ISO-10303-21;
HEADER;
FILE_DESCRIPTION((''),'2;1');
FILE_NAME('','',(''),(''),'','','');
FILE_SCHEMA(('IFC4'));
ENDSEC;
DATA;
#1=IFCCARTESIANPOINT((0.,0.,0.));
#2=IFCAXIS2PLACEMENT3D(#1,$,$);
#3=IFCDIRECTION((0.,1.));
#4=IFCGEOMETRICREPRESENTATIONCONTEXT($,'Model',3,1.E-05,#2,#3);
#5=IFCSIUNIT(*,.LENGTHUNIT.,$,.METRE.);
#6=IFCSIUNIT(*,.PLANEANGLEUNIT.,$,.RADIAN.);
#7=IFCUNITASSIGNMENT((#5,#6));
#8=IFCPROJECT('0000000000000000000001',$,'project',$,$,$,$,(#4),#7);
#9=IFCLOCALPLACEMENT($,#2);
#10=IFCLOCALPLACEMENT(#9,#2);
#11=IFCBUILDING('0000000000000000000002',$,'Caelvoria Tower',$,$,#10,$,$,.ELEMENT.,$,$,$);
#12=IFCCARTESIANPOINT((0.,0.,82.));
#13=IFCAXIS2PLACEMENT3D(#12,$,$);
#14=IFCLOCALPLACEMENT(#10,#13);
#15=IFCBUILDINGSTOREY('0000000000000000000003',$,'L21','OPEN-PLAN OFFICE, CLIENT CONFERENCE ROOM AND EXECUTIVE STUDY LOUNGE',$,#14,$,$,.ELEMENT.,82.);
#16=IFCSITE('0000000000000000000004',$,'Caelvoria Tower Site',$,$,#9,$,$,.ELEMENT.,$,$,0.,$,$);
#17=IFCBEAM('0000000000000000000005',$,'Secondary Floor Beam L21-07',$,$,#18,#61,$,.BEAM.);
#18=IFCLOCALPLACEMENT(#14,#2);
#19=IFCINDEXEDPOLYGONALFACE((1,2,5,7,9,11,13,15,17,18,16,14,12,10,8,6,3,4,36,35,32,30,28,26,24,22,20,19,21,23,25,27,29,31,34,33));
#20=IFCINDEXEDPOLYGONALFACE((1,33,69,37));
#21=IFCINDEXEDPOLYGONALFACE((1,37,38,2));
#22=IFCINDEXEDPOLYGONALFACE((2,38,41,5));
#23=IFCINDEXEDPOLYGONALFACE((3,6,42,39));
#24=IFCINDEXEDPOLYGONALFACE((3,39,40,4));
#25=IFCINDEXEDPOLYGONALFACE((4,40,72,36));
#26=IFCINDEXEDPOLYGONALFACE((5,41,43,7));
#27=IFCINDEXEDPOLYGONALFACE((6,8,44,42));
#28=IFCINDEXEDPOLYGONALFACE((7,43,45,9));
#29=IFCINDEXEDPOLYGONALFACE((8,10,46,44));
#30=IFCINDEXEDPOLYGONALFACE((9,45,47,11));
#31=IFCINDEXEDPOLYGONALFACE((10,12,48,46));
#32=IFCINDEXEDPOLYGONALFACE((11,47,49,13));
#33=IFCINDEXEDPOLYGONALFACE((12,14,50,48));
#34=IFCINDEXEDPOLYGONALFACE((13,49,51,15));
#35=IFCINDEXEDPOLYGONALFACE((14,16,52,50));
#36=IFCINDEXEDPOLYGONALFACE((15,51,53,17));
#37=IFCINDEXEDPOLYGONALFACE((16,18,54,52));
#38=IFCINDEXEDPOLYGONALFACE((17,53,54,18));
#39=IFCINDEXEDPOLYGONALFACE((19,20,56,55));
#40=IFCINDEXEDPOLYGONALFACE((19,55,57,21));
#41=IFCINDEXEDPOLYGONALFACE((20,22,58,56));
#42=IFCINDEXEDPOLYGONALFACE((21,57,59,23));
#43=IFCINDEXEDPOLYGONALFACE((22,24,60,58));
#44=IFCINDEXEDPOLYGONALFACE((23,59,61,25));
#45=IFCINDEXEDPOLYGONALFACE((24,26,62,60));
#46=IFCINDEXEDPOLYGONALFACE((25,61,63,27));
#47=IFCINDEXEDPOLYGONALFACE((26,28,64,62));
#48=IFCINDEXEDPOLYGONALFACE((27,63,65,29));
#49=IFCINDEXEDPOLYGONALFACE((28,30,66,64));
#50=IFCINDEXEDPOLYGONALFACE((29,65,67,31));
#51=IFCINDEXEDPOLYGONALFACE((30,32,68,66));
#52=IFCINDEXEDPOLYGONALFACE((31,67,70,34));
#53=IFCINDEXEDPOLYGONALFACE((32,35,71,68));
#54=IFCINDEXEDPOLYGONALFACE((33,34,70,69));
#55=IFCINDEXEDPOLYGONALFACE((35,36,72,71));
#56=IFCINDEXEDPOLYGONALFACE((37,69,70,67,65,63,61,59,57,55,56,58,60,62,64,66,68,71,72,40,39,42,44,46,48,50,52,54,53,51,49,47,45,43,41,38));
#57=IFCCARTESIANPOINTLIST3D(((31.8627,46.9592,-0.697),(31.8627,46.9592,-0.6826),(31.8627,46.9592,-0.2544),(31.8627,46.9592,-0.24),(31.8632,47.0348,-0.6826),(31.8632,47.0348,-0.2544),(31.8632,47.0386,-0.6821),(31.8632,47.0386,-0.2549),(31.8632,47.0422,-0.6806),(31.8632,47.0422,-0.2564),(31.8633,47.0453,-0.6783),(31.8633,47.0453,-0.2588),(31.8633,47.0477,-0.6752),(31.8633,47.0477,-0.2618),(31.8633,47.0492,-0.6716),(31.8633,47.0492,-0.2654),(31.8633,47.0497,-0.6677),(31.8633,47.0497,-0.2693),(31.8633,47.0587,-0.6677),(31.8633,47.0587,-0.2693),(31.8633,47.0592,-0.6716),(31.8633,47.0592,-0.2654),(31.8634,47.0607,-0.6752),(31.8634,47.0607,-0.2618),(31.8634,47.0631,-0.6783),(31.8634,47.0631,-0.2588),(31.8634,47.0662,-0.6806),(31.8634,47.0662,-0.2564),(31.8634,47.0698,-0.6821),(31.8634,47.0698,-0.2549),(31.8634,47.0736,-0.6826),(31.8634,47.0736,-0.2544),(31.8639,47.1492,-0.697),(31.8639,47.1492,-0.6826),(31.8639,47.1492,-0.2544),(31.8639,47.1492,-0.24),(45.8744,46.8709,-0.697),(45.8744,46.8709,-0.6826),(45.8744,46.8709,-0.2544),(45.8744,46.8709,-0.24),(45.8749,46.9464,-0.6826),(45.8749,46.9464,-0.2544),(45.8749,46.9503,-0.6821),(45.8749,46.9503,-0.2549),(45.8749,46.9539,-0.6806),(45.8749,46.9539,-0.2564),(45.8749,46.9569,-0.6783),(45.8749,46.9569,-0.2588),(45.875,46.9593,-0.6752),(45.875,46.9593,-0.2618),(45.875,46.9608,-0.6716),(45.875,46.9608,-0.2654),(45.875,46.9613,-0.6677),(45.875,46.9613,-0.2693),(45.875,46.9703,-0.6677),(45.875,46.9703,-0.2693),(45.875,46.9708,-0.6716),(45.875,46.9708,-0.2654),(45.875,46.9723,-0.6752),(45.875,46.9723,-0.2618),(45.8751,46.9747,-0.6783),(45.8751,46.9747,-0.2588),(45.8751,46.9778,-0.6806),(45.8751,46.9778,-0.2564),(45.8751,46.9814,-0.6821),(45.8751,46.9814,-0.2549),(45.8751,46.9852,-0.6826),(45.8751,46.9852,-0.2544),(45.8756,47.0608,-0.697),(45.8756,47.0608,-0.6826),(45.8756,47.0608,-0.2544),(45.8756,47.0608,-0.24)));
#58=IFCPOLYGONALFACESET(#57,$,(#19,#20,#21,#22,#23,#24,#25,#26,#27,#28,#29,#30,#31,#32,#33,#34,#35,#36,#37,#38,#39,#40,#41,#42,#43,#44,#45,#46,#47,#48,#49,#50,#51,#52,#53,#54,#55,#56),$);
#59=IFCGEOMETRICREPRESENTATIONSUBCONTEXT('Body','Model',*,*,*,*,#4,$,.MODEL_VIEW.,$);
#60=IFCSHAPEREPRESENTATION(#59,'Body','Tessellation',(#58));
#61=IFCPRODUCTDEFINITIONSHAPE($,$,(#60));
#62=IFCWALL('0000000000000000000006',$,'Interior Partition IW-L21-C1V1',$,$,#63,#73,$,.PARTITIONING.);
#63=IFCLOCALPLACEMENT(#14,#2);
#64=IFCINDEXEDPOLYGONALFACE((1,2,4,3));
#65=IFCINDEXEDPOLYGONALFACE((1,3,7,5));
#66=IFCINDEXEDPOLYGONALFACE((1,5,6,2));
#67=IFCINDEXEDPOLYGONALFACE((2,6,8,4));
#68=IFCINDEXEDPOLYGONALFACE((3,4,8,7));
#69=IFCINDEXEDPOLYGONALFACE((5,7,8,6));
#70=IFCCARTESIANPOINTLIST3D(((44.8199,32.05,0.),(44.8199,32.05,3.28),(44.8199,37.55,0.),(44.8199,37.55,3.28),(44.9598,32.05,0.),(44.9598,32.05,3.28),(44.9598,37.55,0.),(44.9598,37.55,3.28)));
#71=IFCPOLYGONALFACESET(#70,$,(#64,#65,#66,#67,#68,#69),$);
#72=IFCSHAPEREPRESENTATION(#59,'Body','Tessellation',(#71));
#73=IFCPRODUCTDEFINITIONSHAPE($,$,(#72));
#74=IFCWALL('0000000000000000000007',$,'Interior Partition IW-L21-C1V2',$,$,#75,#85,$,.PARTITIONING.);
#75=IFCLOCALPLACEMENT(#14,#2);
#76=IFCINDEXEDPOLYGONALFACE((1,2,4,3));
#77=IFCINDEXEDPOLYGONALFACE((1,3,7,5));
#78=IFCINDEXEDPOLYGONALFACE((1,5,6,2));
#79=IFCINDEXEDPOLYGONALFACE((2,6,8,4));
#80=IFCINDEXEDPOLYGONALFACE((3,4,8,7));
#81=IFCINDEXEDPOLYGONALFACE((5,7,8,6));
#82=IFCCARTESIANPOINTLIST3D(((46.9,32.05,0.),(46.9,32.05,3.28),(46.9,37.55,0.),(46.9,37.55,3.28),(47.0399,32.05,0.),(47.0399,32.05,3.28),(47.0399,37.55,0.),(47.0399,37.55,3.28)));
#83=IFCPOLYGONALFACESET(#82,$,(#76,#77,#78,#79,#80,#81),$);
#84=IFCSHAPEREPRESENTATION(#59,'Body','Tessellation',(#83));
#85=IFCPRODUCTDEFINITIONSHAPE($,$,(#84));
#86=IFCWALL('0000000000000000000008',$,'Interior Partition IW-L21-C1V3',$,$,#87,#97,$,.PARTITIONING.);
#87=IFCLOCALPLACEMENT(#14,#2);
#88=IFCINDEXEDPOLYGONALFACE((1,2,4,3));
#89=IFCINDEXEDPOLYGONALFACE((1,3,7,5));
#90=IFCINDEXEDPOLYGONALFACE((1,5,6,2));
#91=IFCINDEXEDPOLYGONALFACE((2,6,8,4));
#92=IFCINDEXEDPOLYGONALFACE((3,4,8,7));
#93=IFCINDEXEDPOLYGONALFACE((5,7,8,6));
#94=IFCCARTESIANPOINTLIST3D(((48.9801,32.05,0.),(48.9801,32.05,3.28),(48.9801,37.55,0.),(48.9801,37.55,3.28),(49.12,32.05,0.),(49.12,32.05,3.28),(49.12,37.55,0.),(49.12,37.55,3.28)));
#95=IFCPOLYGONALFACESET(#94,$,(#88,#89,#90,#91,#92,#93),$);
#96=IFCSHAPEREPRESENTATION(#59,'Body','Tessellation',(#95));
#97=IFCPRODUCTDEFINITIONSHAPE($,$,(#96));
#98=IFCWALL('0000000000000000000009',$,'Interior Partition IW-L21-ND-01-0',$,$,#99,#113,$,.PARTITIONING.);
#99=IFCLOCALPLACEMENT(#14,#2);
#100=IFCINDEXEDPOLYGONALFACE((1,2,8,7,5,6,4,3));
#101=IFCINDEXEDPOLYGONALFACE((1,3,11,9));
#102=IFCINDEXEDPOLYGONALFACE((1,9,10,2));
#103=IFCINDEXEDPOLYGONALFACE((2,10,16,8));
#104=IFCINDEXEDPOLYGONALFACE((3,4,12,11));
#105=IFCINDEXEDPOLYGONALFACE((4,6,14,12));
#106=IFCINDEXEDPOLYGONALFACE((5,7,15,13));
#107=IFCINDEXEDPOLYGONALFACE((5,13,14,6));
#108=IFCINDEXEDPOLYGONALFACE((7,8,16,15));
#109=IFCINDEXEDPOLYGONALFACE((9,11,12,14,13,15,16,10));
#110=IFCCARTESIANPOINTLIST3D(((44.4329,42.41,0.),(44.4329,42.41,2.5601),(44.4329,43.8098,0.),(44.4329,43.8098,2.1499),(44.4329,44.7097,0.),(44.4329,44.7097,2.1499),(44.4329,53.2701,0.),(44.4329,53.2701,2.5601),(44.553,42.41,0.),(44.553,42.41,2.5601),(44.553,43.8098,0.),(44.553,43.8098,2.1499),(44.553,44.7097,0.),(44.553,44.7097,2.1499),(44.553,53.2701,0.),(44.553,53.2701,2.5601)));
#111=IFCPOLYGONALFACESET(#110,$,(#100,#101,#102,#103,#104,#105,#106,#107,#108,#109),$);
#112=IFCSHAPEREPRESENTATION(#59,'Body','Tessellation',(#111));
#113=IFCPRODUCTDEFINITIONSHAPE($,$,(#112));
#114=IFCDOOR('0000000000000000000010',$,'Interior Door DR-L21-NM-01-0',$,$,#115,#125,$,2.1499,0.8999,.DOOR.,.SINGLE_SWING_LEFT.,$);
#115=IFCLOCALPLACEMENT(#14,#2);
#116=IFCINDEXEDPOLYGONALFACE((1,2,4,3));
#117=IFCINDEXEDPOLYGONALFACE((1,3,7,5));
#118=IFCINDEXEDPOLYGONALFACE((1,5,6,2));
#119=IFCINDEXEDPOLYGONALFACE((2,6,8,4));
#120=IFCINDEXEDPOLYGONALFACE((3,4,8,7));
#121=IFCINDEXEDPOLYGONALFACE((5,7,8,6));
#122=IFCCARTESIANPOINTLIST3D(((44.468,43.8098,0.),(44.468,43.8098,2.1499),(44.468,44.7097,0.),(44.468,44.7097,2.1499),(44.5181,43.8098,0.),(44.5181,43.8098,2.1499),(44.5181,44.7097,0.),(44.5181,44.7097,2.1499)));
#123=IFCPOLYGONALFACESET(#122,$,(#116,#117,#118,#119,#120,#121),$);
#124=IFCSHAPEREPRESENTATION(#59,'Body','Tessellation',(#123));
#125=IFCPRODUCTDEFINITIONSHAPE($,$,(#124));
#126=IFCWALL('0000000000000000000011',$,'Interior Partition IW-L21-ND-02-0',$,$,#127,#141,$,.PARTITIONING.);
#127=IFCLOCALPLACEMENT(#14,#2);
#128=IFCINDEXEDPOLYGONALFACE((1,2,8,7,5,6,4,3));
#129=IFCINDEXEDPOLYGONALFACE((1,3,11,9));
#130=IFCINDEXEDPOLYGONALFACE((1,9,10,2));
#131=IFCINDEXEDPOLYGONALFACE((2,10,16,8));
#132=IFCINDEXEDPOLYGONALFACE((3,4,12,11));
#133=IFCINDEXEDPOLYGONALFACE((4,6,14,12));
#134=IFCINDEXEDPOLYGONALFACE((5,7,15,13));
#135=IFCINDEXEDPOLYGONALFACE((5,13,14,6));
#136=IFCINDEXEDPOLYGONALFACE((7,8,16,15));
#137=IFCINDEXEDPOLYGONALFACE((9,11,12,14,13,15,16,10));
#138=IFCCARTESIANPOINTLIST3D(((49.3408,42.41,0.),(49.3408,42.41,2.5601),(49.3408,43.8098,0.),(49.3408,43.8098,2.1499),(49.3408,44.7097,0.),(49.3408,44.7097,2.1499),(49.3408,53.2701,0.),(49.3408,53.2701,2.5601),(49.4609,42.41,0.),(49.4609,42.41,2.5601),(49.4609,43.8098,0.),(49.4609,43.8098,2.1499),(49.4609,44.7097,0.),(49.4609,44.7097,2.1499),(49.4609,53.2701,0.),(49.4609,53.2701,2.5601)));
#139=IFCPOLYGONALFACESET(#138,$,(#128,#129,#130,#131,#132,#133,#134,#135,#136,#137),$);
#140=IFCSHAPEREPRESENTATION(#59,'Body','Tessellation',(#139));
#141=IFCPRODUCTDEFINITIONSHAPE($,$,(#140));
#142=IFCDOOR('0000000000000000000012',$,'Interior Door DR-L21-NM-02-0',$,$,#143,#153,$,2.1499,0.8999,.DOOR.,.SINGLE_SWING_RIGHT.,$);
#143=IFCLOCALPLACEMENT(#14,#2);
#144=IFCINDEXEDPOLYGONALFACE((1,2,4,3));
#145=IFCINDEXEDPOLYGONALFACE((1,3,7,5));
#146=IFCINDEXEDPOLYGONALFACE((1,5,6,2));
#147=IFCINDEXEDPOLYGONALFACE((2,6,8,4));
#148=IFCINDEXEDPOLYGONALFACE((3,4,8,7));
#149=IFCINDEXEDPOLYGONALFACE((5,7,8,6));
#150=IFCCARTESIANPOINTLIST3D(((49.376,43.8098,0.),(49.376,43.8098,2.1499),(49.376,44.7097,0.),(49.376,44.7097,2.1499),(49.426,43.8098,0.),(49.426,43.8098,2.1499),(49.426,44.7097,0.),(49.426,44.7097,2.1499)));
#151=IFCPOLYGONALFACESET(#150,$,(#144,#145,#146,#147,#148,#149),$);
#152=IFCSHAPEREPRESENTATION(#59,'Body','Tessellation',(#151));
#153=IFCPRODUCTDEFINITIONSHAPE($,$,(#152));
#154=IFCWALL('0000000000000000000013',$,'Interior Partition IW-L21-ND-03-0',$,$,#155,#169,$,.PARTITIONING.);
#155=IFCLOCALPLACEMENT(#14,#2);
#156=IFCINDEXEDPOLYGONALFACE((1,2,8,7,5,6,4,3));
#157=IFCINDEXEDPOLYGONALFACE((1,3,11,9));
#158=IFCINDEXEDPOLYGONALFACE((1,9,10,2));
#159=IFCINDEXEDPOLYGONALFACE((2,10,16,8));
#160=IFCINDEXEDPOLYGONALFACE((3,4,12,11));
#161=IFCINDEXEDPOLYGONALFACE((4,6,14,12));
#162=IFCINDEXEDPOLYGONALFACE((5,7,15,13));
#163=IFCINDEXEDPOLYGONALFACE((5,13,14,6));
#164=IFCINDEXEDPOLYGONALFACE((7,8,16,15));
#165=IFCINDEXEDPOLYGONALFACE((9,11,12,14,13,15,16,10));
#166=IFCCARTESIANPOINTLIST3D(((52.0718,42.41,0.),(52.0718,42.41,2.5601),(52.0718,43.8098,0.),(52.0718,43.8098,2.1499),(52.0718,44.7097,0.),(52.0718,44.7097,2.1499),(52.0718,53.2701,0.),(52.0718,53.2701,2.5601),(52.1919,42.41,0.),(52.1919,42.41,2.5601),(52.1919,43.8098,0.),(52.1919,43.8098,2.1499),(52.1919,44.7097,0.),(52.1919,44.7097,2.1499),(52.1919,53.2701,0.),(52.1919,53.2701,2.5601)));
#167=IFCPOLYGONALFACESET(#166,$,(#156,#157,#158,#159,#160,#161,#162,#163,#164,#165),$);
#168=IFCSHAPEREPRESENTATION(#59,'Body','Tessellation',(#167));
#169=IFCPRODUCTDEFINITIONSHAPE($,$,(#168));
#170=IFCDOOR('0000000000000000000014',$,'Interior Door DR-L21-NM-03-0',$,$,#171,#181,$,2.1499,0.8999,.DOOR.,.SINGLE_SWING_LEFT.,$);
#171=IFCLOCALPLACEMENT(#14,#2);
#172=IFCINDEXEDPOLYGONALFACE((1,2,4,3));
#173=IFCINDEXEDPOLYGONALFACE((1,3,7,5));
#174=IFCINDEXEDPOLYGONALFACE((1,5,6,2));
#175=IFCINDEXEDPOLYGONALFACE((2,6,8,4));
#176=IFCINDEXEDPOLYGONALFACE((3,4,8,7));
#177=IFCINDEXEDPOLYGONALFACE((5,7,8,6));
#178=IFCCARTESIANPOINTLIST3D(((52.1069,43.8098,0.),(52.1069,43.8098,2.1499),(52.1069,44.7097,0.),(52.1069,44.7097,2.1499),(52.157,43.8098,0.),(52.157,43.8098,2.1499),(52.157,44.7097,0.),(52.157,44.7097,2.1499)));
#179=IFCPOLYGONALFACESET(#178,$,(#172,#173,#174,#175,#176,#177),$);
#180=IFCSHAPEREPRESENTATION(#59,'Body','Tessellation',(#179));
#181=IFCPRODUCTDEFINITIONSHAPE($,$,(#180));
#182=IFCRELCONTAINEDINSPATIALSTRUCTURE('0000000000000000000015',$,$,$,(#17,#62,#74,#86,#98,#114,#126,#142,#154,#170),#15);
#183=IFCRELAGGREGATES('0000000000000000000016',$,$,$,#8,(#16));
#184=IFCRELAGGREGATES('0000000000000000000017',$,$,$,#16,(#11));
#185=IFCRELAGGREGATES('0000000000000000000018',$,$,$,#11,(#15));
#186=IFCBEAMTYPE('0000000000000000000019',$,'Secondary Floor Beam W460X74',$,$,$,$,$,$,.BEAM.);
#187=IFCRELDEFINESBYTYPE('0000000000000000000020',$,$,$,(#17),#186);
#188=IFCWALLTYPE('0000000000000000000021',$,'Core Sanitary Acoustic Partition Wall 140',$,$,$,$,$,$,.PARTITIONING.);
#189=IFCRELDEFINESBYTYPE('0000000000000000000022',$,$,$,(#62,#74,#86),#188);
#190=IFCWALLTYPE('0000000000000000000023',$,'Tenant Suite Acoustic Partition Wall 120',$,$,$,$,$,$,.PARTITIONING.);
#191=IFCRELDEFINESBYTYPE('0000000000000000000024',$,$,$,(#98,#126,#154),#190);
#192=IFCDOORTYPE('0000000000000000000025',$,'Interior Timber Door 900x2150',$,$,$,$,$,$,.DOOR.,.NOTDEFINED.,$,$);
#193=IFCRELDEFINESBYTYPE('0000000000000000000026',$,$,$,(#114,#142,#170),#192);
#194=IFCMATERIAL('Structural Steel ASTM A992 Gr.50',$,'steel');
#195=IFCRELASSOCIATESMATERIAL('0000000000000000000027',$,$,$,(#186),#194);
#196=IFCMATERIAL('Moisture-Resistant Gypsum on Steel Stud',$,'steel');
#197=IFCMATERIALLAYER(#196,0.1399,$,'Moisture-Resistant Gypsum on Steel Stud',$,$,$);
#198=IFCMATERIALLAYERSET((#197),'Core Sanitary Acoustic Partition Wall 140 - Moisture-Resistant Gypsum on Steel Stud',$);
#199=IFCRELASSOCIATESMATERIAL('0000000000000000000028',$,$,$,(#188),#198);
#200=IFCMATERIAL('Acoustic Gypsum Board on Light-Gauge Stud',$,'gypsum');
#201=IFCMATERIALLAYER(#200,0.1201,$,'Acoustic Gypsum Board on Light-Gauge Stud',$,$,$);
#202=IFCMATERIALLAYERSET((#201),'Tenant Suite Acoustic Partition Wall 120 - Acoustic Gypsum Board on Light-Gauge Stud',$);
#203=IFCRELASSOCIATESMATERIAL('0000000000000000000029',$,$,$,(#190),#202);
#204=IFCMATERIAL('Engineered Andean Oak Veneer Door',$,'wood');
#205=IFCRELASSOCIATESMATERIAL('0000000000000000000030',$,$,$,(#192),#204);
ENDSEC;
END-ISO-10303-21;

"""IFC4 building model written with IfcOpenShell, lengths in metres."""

from ifc_helpers import new_model, si_unit, direction, frame, frame_2d, origin, origin_2d, place, context, subcontext, project, spatial, rectangle, i_section, extrude, material, layer, layer_set, material_profile, profile_set, type_object, element, fill, save


model = new_model("IFC4")

# Units and contexts
model_context = context("Model", 3, precision=1e-05, world=origin(), true_north=direction((0.0, 1.0)))
body_context = subcontext(model_context, "Body", "Model", "MODEL_VIEW")
ifc_project = project(units=[si_unit("LENGTHUNIT", "METRE"), si_unit("PLANEANGLEUNIT", "RADIAN")], contexts=[model_context])

# Site, building, storey
site_placement = place(None, origin())
site = spatial("IfcSite", under=ifc_project, at=site_placement, Name="Caelvoria Tower Site", CompositionType="ELEMENT", RefElevation=0.0)
building_placement = place(site_placement, origin())
building = spatial("IfcBuilding", under=site, at=building_placement, Name="Caelvoria Tower", CompositionType="ELEMENT")
storey_placement = place(building_placement, frame((0.0, 0.0, 82.0)))
storey = spatial("IfcBuildingStorey", under=building, at=storey_placement, Name="L21", Description="OPEN-PLAN OFFICE, CLIENT CONFERENCE ROOM AND EXECUTIVE STUDY LOUNGE", CompositionType="ELEMENT", Elevation=82.0)

# Beam
ifc_material_1 = material(Name="Structural Steel ASTM A992 Gr.50", Category="steel")
ifc_material_profile_1 = material_profile(ifc_material_1, i_section(OverallWidth=0.1899, OverallDepth=0.457, WebThickness=0.009, FlangeThickness=0.0144, FilletRadius=0.0149, at=origin_2d()), Name="Structural Steel ASTM A992 Gr.50")
ifc_profile_set_1 = profile_set([ifc_material_profile_1], Name="W460X74 - Structural Steel ASTM A992 Gr.50")
beam_type_1 = type_object("IfcBeamType", Name="Secondary Floor Beam W460X74", PredefinedType="BEAM", material=ifc_profile_set_1)
for number, where, z_axis, x_axis, name in (
    (1, (45.875, 46.9658, -0.4685), (-0.99998, 0.006307, 0.0), (-0.006307, -0.99998, 0.0), "Secondary Floor Beam L21-07"),
):
    element("IfcBeam", number, at=place(storey_placement, frame(where, z_axis=z_axis, x_axis=x_axis)), inside=storey, type_object=beam_type_1, Name=name, PredefinedType="BEAM", context=body_context, shape_type="SweptSolid", body=[
        extrude(i_section(OverallWidth=0.1899, OverallDepth=0.457, WebThickness=0.009, FlangeThickness=0.0144, FilletRadius=0.0149, at=origin_2d()), origin(), (0.0, 0.0, 1.0), 14.012),
    ])

# Walls
ifc_material_2 = material(Name="Moisture-Resistant Gypsum on Steel Stud", Category="steel")
ifc_layer_1 = layer(ifc_material_2, 0.1399, Name="Moisture-Resistant Gypsum on Steel Stud")
ifc_layer_set_1 = layer_set([ifc_layer_1], Name="Core Sanitary Acoustic Partition Wall 140 - Moisture-Resistant Gypsum on Steel Stud")
wall_type_1 = type_object("IfcWallType", Name="Core Sanitary Acoustic Partition Wall 140", PredefinedType="PARTITIONING", material=ifc_layer_set_1)
for number, where, z_axis, x_axis, name in (
    (2, (44.8899, 32.05, 0.0), (0.0, 0.0, 1.0), (0.0, 1.0, 0.0), "Interior Partition IW-L21-C1V1"),
    (3, (46.97, 32.05, 0.0), (0.0, 0.0, 1.0), (0.0, 1.0, 0.0), "Interior Partition IW-L21-C1V2"),
    (4, (49.05, 32.05, 0.0), (0.0, 0.0, 1.0), (0.0, 1.0, 0.0), "Interior Partition IW-L21-C1V3"),
):
    element("IfcWall", number, at=place(storey_placement, frame(where, z_axis=z_axis, x_axis=x_axis)), inside=storey, type_object=wall_type_1, Name=name, PredefinedType="PARTITIONING", context=body_context, shape_type="SweptSolid", body=[
        extrude(rectangle(XDim=5.5, YDim=0.1399, at=frame_2d((2.75, 0.0))), origin(), (0.0, 0.0, 1.0), 3.28),
    ])

# Walls, openings, doors
ifc_material_3 = material(Name="Acoustic Gypsum Board on Light-Gauge Stud", Category="gypsum")
ifc_layer_2 = layer(ifc_material_3, 0.1201, Name="Acoustic Gypsum Board on Light-Gauge Stud")
ifc_layer_set_2 = layer_set([ifc_layer_2], Name="Tenant Suite Acoustic Partition Wall 120 - Acoustic Gypsum Board on Light-Gauge Stud")
wall_type_2 = type_object("IfcWallType", Name="Tenant Suite Acoustic Partition Wall 120", PredefinedType="PARTITIONING", material=ifc_layer_set_2)
wall_1_placement = place(storey_placement, frame((44.4929, 42.4099, 0.0), z_axis=(0.0, 0.0, 1.0), x_axis=(0.0, 1.0, 0.0)))
wall_1 = element("IfcWall", 5, at=wall_1_placement, inside=storey, type_object=wall_type_2, Name="Interior Partition IW-L21-ND-01-0", PredefinedType="PARTITIONING", context=body_context, shape_type="SweptSolid", body=[
    extrude(rectangle(XDim=10.8601, YDim=0.1201, at=frame_2d((5.4302, 0.0))), origin(), (0.0, 0.0, 1.0), 2.5601),
])
opening_1_placement = place(wall_1_placement, frame((1.3999, 0.0, 0.0)))
opening_1 = element("IfcOpeningElement", 6, at=opening_1_placement, cuts=wall_1, PredefinedType="OPENING", context=body_context, shape_type="SweptSolid", body=[
    extrude(rectangle(XDim=0.8999, YDim=2.1499, at=frame_2d((0.45, 1.075))), frame((0.0, 0.0701, 0.0), z_axis=(0.0, -1.0, 0.0), x_axis=(1.0, 0.0, 0.0)), (0.0, 0.0, 1.0), 0.1401),
])
ifc_material_4 = material(Name="Engineered Andean Oak Veneer Door", Category="wood")
door_type = type_object("IfcDoorType", Name="Interior Timber Door 900x2150", OperationType="NOTDEFINED", PredefinedType="DOOR", material=ifc_material_4)
door_1_placement = place(opening_1_placement, origin())
door_1 = element("IfcDoor", 7, at=door_1_placement, inside=storey, type_object=door_type, Name="Interior Door DR-L21-NM-01-0", OperationType="SINGLE_SWING_LEFT", OverallHeight=2.1499, OverallWidth=0.8999, PredefinedType="DOOR", context=body_context, shape_type="SweptSolid", body=[
    extrude(rectangle(XDim=0.8999, YDim=2.1499, at=frame_2d((0.45, 1.075))), frame((0.0, 0.0249, 0.0), z_axis=(0.0, -1.0, 0.0), x_axis=(1.0, 0.0, 0.0)), (0.0, 0.0, 1.0), 0.05),
])
fill(opening_1, door_1)
wall_2_placement = place(storey_placement, frame((49.4009, 42.4099, 0.0), z_axis=(0.0, 0.0, 1.0), x_axis=(0.0, 1.0, 0.0)))
wall_2 = element("IfcWall", 8, at=wall_2_placement, inside=storey, type_object=wall_type_2, Name="Interior Partition IW-L21-ND-02-0", PredefinedType="PARTITIONING", context=body_context, shape_type="SweptSolid", body=[
    extrude(rectangle(XDim=10.8601, YDim=0.1201, at=frame_2d((5.4302, 0.0))), origin(), (0.0, 0.0, 1.0), 2.5601),
])
opening_2_placement = place(wall_2_placement, frame((1.3999, 0.0, 0.0)))
opening_2 = element("IfcOpeningElement", 9, at=opening_2_placement, cuts=wall_2, PredefinedType="OPENING", context=body_context, shape_type="SweptSolid", body=[
    extrude(rectangle(XDim=0.8999, YDim=2.1499, at=frame_2d((0.45, 1.075))), frame((0.0, 0.0701, 0.0), z_axis=(0.0, -1.0, 0.0), x_axis=(1.0, 0.0, 0.0)), (0.0, 0.0, 1.0), 0.1401),
])
door_2_placement = place(opening_2_placement, origin())
door_2 = element("IfcDoor", 10, at=door_2_placement, inside=storey, type_object=door_type, Name="Interior Door DR-L21-NM-02-0", OperationType="SINGLE_SWING_RIGHT", OverallHeight=2.1499, OverallWidth=0.8999, PredefinedType="DOOR", context=body_context, shape_type="SweptSolid", body=[
    extrude(rectangle(XDim=0.8999, YDim=2.1499, at=frame_2d((0.45, 1.075))), frame((0.0, 0.0249, 0.0), z_axis=(0.0, -1.0, 0.0), x_axis=(1.0, 0.0, 0.0)), (0.0, 0.0, 1.0), 0.05),
])
fill(opening_2, door_2)
wall_3_placement = place(storey_placement, frame((52.1318, 42.4099, 0.0), z_axis=(0.0, 0.0, 1.0), x_axis=(0.0, 1.0, 0.0)))
wall_3 = element("IfcWall", 11, at=wall_3_placement, inside=storey, type_object=wall_type_2, Name="Interior Partition IW-L21-ND-03-0", PredefinedType="PARTITIONING", context=body_context, shape_type="SweptSolid", body=[
    extrude(rectangle(XDim=10.8601, YDim=0.1201, at=frame_2d((5.4302, 0.0))), origin(), (0.0, 0.0, 1.0), 2.5601),
])
opening_3_placement = place(wall_3_placement, frame((1.3999, 0.0, 0.0)))
opening_3 = element("IfcOpeningElement", 12, at=opening_3_placement, cuts=wall_3, PredefinedType="OPENING", context=body_context, shape_type="SweptSolid", body=[
    extrude(rectangle(XDim=0.8999, YDim=2.1499, at=frame_2d((0.45, 1.075))), frame((0.0, 0.0701, 0.0), z_axis=(0.0, -1.0, 0.0), x_axis=(1.0, 0.0, 0.0)), (0.0, 0.0, 1.0), 0.1401),
])
door_3_placement = place(opening_3_placement, origin())
door_3 = element("IfcDoor", 13, at=door_3_placement, inside=storey, type_object=door_type, Name="Interior Door DR-L21-NM-03-0", OperationType="SINGLE_SWING_LEFT", OverallHeight=2.1499, OverallWidth=0.8999, PredefinedType="DOOR", context=body_context, shape_type="SweptSolid", body=[
    extrude(rectangle(XDim=0.8999, YDim=2.1499, at=frame_2d((0.45, 1.075))), frame((0.0, 0.0249, 0.0), z_axis=(0.0, -1.0, 0.0), x_axis=(1.0, 0.0, 0.0)), (0.0, 0.0, 1.0), 0.05),
])
fill(opening_3, door_3)

save(model, "model.ifc")
